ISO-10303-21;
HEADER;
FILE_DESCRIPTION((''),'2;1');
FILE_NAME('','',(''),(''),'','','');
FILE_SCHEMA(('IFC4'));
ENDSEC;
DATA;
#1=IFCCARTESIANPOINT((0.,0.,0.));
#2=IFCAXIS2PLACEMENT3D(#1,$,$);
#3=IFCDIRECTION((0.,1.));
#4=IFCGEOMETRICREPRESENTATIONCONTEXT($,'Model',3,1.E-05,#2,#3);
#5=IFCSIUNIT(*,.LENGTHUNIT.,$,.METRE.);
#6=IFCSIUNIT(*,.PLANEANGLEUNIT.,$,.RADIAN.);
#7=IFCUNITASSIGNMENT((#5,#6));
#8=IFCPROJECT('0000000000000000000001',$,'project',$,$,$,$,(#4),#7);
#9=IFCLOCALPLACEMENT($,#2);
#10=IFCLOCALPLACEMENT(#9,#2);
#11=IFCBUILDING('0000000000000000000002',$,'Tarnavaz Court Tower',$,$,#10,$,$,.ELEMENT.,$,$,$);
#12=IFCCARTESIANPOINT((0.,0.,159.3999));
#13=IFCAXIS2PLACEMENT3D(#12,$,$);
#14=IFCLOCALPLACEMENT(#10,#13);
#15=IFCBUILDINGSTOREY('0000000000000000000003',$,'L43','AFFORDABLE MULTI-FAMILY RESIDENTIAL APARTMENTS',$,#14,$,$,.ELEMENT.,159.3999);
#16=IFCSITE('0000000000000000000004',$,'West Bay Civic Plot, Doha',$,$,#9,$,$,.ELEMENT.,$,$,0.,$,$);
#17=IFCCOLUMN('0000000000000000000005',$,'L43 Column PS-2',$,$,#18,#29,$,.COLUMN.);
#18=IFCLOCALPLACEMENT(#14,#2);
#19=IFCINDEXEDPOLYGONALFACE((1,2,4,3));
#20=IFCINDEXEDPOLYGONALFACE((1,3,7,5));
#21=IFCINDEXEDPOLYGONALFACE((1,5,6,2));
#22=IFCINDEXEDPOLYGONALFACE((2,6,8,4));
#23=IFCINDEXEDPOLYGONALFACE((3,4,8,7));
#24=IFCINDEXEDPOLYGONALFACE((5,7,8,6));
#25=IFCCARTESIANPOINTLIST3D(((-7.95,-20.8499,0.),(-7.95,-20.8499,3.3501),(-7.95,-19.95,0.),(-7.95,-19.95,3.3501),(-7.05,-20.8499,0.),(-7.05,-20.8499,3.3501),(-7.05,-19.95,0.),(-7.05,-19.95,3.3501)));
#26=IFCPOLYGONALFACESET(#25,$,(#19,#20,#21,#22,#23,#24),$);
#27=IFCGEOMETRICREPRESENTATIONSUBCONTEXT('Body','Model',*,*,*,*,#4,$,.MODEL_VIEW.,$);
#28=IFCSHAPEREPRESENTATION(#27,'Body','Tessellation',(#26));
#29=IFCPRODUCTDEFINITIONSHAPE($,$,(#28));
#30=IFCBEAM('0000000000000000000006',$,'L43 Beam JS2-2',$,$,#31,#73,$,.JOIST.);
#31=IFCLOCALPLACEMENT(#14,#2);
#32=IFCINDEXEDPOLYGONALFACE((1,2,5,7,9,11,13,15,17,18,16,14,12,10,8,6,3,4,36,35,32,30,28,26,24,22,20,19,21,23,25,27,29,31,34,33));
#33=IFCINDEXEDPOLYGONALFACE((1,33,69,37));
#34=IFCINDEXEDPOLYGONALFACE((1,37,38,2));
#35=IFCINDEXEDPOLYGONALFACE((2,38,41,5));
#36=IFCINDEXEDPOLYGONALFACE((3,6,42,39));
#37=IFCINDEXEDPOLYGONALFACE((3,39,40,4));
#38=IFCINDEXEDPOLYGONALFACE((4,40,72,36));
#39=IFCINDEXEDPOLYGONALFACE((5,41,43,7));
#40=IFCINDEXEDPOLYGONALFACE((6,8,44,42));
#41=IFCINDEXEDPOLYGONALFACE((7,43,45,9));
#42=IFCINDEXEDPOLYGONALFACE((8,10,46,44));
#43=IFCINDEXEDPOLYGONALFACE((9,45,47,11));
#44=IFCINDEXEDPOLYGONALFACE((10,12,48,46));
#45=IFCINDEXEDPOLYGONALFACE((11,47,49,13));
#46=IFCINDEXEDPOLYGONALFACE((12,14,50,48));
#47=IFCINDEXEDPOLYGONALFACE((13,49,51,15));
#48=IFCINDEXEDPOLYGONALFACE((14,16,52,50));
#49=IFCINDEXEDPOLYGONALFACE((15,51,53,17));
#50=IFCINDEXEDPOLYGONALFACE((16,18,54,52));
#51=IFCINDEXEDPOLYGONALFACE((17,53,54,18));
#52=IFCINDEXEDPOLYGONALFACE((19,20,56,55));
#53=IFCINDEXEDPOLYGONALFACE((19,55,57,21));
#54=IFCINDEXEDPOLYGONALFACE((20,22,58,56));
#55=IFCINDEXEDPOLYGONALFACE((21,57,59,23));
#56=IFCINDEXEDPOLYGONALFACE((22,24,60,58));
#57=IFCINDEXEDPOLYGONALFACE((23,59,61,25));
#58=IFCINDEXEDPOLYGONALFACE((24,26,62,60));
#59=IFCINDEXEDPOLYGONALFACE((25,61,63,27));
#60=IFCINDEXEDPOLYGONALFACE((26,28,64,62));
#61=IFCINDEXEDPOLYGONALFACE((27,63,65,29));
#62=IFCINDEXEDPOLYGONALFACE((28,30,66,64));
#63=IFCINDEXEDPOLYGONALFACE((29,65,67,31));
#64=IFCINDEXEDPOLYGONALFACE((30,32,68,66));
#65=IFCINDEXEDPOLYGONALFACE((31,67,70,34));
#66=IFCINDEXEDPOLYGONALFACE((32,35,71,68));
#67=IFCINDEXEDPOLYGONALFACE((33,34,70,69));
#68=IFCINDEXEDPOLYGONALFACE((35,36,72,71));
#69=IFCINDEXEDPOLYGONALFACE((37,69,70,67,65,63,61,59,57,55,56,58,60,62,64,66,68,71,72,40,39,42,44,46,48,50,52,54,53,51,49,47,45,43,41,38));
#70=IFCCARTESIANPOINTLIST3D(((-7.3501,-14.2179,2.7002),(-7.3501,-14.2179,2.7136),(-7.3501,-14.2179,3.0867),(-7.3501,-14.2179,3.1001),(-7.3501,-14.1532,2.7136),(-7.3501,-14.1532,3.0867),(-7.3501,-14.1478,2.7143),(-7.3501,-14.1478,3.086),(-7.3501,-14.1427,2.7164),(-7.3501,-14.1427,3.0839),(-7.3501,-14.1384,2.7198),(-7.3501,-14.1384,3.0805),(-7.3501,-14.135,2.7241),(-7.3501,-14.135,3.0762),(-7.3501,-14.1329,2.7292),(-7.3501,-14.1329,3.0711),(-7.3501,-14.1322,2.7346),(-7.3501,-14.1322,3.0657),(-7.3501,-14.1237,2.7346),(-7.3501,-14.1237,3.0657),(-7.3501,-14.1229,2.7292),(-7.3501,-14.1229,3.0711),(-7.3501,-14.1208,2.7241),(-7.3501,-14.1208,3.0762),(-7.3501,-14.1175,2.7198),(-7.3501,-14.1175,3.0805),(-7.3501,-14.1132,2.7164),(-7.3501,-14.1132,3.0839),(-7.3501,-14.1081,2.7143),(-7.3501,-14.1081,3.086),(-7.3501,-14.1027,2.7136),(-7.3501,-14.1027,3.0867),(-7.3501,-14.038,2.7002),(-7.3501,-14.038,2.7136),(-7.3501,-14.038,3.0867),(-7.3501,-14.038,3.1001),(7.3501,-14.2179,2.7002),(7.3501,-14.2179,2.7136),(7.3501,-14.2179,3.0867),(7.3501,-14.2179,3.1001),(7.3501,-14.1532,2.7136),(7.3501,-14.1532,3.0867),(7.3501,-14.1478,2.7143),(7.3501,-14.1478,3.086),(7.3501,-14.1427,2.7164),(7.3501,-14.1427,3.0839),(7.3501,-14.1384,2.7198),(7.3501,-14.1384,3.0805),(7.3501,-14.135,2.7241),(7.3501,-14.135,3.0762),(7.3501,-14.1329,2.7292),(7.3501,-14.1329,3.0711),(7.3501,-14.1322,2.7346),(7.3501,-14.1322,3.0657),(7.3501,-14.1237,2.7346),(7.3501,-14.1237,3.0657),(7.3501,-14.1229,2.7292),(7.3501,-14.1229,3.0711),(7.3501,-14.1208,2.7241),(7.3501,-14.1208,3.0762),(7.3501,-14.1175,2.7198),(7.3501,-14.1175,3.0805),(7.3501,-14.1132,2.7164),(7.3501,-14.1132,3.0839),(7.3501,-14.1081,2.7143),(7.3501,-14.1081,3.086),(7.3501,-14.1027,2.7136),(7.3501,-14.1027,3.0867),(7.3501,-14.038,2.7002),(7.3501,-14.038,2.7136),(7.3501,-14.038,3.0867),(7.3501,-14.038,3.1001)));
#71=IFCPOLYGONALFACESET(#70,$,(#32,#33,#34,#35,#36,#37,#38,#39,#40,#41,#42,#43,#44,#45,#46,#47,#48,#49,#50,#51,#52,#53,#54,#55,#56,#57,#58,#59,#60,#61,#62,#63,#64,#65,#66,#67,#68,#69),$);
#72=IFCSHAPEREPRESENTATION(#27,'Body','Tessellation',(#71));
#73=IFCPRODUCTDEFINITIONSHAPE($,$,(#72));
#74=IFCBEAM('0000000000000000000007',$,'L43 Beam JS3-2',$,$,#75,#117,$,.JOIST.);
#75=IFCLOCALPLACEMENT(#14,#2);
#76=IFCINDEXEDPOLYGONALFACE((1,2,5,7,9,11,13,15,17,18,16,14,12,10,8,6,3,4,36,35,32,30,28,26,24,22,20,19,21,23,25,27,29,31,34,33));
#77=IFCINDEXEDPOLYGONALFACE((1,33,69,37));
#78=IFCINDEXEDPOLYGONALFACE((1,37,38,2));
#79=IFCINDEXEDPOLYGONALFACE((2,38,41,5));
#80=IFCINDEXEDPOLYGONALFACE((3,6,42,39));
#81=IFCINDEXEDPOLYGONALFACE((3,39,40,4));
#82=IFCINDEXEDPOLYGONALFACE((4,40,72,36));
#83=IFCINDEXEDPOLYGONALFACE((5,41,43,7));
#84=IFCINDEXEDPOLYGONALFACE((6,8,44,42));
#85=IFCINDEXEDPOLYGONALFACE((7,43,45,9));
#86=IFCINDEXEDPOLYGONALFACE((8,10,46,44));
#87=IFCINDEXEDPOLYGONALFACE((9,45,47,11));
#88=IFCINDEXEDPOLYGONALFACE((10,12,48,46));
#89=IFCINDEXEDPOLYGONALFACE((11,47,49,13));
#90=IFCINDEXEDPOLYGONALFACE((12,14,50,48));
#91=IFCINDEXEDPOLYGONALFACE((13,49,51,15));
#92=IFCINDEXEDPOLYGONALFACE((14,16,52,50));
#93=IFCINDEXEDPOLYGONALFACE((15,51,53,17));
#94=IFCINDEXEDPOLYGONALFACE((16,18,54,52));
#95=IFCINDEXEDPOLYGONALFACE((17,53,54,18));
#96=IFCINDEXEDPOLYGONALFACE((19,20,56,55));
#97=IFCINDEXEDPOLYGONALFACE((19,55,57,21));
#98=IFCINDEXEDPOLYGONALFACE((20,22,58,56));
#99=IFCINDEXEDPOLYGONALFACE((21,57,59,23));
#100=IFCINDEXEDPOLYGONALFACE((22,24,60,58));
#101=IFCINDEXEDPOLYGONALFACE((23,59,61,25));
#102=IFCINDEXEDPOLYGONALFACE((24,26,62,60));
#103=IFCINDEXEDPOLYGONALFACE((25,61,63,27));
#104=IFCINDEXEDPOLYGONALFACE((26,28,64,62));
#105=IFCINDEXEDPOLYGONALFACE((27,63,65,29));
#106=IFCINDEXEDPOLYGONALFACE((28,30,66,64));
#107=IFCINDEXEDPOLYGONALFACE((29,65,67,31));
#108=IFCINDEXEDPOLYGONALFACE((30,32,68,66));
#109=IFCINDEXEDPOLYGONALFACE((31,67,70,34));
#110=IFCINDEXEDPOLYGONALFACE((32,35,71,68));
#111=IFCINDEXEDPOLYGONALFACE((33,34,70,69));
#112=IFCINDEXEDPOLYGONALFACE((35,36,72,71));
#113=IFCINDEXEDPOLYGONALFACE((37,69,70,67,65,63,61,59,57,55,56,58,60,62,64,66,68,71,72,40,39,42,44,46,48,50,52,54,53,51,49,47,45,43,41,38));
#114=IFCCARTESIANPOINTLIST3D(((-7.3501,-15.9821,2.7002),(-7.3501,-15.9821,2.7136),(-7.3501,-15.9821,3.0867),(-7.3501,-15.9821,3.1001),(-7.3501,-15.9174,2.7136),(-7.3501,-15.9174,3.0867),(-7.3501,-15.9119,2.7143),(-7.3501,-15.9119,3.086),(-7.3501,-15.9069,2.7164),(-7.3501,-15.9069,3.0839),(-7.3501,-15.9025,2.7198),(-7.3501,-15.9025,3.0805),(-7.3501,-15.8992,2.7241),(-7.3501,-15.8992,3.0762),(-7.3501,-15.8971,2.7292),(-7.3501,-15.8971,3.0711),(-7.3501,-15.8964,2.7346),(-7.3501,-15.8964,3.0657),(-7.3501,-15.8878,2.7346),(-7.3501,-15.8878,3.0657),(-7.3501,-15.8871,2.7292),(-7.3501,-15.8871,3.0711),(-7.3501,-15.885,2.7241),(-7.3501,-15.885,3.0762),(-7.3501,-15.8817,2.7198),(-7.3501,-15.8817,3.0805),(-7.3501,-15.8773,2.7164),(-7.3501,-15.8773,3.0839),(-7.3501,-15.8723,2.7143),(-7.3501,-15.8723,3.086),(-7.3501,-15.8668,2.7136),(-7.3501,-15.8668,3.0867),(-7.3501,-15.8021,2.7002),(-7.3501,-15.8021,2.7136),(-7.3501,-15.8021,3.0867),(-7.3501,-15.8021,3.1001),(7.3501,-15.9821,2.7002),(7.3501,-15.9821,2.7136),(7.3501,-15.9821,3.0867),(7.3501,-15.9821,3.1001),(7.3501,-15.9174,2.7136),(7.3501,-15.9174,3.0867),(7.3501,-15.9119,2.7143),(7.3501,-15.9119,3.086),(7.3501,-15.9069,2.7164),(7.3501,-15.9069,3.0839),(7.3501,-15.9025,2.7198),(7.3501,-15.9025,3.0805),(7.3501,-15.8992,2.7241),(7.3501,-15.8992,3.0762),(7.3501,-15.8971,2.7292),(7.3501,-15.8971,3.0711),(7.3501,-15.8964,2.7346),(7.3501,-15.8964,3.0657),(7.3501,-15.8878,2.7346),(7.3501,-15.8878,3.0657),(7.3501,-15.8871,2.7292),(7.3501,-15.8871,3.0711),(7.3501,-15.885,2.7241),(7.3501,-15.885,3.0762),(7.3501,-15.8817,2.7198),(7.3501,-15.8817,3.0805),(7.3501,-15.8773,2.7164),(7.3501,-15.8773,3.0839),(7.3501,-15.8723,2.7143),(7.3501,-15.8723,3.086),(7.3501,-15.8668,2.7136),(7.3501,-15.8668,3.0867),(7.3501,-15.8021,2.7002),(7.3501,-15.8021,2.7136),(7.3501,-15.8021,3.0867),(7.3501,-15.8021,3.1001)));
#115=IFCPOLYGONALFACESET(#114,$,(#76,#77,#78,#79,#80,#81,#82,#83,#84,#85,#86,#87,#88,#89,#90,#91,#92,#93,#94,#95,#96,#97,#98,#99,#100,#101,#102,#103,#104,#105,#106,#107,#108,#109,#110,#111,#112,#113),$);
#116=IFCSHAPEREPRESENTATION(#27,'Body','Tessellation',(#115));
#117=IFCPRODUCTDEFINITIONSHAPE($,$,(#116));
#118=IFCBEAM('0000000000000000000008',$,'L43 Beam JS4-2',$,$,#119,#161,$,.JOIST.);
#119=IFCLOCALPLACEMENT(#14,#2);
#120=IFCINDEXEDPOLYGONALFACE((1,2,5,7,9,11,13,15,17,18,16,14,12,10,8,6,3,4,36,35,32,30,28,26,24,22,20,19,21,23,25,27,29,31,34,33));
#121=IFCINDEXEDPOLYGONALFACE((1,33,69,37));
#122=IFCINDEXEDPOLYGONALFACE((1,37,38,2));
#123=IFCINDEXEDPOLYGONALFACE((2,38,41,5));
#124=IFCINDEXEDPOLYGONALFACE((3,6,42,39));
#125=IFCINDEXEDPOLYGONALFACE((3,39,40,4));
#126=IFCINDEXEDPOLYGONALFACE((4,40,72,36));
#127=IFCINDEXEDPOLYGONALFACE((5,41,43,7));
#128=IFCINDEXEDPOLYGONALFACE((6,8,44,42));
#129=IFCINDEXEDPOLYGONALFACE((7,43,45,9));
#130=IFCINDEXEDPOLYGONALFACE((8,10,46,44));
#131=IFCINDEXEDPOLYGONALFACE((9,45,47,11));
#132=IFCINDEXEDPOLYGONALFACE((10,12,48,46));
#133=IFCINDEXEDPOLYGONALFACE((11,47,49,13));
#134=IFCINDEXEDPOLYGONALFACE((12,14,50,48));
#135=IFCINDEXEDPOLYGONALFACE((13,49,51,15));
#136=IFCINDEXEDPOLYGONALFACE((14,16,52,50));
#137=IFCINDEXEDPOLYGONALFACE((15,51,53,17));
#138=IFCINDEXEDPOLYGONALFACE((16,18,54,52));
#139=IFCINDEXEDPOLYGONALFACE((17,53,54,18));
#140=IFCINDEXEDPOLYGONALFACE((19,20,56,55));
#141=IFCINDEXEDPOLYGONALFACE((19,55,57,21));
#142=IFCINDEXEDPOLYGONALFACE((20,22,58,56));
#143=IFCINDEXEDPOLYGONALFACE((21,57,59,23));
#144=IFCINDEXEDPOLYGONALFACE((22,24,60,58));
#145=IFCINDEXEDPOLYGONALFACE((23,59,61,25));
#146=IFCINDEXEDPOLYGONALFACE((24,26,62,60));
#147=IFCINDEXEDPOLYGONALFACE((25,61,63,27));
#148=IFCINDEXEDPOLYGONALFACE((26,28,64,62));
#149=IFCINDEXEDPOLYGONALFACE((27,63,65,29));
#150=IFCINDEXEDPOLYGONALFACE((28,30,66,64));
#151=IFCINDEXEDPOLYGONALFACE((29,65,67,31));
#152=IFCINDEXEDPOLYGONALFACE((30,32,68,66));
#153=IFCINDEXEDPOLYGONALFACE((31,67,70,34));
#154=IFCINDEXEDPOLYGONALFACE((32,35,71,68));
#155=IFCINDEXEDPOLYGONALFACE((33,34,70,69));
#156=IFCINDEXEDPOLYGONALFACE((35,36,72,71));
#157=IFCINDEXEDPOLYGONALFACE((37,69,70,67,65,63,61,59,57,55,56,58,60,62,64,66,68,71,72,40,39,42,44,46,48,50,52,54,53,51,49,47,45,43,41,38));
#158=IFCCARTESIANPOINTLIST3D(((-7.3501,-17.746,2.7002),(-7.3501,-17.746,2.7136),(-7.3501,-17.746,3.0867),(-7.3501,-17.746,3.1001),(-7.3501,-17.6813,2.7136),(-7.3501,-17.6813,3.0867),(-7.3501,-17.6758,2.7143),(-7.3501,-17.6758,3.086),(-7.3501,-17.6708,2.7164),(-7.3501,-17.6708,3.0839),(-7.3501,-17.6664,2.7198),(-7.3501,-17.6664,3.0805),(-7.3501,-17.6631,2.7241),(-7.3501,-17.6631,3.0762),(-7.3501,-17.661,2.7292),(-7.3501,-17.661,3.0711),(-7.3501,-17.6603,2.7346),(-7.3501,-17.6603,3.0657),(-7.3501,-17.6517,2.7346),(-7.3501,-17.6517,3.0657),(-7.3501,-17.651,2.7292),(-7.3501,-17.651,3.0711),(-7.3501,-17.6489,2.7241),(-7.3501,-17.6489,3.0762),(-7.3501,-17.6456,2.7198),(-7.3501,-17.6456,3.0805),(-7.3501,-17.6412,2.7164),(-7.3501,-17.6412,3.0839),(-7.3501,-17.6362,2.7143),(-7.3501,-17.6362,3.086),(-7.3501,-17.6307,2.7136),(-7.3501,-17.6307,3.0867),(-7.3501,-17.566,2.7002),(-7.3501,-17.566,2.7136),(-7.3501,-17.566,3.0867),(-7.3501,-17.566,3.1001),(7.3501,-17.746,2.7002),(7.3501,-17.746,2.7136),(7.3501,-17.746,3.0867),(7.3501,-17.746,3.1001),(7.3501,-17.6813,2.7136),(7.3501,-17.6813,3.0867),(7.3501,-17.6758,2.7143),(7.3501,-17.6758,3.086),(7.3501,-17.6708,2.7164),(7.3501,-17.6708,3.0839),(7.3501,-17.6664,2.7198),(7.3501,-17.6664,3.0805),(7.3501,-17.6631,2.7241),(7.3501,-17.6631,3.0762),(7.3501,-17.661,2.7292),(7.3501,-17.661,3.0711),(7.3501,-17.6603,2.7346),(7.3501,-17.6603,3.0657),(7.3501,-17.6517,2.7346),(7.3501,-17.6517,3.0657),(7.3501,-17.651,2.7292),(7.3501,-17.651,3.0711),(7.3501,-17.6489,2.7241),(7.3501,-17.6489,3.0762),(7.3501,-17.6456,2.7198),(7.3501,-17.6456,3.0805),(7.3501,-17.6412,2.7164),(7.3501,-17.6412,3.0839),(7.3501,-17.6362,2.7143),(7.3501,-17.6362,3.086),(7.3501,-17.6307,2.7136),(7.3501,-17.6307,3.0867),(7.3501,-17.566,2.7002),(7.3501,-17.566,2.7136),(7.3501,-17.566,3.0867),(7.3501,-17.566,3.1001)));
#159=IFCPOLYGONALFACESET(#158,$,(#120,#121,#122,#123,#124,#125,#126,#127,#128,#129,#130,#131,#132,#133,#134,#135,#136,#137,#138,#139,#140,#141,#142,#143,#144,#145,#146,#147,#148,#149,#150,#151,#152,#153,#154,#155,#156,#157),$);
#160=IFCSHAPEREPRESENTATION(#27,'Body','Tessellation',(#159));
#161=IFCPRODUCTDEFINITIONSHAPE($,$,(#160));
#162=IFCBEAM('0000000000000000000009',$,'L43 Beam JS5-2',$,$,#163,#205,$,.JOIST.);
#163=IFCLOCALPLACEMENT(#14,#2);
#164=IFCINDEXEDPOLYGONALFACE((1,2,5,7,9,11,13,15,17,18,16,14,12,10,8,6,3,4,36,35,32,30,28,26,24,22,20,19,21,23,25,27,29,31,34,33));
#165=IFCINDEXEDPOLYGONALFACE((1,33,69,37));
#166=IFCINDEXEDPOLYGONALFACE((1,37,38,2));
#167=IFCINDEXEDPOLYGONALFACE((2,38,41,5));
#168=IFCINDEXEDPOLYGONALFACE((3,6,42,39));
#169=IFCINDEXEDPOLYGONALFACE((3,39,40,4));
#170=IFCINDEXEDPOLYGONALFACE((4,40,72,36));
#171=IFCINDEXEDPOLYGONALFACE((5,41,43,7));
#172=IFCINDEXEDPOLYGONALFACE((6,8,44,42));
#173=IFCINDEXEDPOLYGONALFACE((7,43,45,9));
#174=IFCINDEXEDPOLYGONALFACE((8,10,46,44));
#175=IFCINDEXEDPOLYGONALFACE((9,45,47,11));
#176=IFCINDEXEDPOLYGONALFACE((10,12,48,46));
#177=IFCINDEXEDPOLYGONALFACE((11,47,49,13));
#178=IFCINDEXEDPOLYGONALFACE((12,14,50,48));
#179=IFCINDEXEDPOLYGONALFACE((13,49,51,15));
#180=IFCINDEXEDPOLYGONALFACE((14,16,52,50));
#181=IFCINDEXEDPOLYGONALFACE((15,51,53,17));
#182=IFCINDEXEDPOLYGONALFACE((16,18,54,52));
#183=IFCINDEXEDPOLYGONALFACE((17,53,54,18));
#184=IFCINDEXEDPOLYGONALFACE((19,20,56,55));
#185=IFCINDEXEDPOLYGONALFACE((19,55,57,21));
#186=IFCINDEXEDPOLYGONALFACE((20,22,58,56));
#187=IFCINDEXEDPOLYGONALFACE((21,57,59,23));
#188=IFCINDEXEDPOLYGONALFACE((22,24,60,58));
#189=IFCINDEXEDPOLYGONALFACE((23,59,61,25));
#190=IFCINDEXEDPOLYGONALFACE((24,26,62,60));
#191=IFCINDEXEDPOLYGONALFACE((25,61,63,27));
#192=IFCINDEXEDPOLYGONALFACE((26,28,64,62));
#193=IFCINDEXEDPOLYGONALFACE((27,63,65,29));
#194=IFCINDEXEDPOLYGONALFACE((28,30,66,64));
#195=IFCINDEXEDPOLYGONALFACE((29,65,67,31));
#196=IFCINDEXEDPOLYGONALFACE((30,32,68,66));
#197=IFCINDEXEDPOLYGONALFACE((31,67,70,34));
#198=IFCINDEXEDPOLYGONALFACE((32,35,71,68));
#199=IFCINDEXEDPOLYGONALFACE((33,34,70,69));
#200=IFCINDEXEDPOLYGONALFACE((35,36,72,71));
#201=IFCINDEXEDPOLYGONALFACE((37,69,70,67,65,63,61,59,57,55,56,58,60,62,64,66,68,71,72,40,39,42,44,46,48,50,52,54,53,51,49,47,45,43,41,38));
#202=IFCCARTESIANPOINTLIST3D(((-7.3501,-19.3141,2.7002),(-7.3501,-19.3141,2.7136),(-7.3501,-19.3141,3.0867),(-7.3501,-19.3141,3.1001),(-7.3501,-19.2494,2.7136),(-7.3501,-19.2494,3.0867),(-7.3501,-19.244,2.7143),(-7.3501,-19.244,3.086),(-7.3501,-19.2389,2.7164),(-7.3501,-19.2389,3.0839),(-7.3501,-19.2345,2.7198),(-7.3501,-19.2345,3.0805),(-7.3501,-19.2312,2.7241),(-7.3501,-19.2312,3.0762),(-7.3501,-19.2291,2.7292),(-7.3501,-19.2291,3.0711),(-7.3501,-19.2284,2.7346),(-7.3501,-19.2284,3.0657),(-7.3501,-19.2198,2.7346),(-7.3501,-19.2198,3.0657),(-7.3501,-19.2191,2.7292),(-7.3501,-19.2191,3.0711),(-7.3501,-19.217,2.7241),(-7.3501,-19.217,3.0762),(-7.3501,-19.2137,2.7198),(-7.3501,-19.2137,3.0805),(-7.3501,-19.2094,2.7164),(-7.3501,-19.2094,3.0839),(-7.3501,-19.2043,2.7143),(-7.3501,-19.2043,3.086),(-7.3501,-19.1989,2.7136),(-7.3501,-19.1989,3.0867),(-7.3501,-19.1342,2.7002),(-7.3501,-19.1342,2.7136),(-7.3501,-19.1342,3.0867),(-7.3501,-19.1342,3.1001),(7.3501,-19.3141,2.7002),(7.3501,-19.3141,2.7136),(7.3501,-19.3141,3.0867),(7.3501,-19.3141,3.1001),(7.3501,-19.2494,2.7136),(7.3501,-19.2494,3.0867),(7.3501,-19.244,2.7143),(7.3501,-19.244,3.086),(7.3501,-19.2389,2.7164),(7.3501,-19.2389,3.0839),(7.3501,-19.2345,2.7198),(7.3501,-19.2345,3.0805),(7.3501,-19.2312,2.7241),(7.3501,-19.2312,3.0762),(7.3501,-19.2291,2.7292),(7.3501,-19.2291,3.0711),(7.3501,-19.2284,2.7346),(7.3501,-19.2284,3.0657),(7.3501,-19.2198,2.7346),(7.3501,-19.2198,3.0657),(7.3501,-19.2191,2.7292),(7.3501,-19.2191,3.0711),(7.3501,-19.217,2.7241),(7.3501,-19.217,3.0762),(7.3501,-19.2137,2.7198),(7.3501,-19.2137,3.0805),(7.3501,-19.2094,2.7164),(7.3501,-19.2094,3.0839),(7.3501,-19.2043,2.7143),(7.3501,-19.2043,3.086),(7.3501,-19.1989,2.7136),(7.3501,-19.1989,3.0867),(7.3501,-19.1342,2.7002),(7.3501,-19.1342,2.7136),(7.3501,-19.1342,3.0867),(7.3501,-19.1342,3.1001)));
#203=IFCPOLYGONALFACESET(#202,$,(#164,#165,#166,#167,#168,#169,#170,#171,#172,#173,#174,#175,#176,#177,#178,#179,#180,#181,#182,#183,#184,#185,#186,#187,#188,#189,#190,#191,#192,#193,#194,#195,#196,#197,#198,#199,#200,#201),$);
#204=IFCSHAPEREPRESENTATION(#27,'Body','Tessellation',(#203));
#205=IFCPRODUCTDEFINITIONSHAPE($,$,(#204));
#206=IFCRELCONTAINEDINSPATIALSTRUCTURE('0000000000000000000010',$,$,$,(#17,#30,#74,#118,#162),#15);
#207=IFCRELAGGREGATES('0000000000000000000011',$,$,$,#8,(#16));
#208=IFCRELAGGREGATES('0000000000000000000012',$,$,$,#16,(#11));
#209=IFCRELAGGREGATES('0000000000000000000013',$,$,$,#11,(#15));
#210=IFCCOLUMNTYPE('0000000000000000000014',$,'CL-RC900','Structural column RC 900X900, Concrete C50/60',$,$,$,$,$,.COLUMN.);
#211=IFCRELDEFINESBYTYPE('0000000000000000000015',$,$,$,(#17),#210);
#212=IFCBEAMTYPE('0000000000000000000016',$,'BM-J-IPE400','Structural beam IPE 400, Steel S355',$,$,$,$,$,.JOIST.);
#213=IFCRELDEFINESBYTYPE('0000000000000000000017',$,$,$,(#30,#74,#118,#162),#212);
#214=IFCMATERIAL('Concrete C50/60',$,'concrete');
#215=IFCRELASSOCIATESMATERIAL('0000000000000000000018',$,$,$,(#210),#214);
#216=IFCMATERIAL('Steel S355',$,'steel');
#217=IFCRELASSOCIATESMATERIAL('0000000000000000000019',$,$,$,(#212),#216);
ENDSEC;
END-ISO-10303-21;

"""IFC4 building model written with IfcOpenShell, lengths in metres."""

from ifc_helpers import new_model, si_unit, direction, frame, origin, origin_2d, place, context, subcontext, project, spatial, rectangle, i_section, extrude, material, material_profile, profile_set, type_object, element, save


model = new_model("IFC4")

# Units and contexts
model_context = context("Model", 3, precision=1e-05, world=origin(), true_north=direction((0.0, 1.0)))
body_context = subcontext(model_context, "Body", "Model", "MODEL_VIEW")
ifc_project = project(units=[si_unit("LENGTHUNIT", "METRE"), si_unit("PLANEANGLEUNIT", "RADIAN")], contexts=[model_context])

# Site, building, storey
site_placement = place(None, origin())
site = spatial("IfcSite", under=ifc_project, at=site_placement, Name="West Bay Civic Plot, Doha", CompositionType="ELEMENT", RefElevation=0.0)
building_placement = place(site_placement, origin())
building = spatial("IfcBuilding", under=site, at=building_placement, Name="Tarnavaz Court Tower", CompositionType="ELEMENT")
storey_placement = place(building_placement, frame((0.0, 0.0, 159.3999)))
storey = spatial("IfcBuildingStorey", under=building, at=storey_placement, Name="L43", Description="AFFORDABLE MULTI-FAMILY RESIDENTIAL APARTMENTS", CompositionType="ELEMENT", Elevation=159.3999)

# Column
ifc_material_1 = material(Name="Concrete C50/60", Category="concrete")
ifc_material_profile_1 = material_profile(ifc_material_1, rectangle(XDim=0.8999, YDim=0.8999, at=origin_2d()), Name="RC 900X900")
ifc_profile_set_1 = profile_set([ifc_material_profile_1], Name="Concrete C50/60")
column_type = type_object("IfcColumnType", Name="CL-RC900", Description="Structural column RC 900X900, Concrete C50/60", PredefinedType="COLUMN", material=ifc_profile_set_1)
column_placement = place(storey_placement, frame((-7.5, -20.3999, 0.0), z_axis=(0.0, 0.0, 1.0), x_axis=(1.0, 0.0, 0.0)))
element("IfcColumn", 1, at=column_placement, inside=storey, type_object=column_type, Name="L43 Column PS-2", PredefinedType="COLUMN", context=body_context, shape_type="SweptSolid", body=[
    extrude(rectangle(XDim=0.8999, YDim=0.8999, at=origin_2d()), origin(), (0.0, 0.0, 1.0), 3.3501),
])

# Beams
ifc_material_2 = material(Name="Steel S355", Category="steel")
ifc_material_profile_2 = material_profile(ifc_material_2, i_section(OverallWidth=0.1799, OverallDepth=0.3999, WebThickness=0.0085, FlangeThickness=0.0134, FilletRadius=0.021, at=origin_2d()), Name="IPE 400")
ifc_profile_set_2 = profile_set([ifc_material_profile_2], Name="Steel S355")
beam_type_1 = type_object("IfcBeamType", Name="BM-J-IPE400", Description="Structural beam IPE 400, Steel S355", PredefinedType="JOIST", material=ifc_profile_set_2)
for number, where, z_axis, x_axis, name in (
    (2, (-7.3501, -14.1279, 2.9001), (1.0, 0.0, 0.0), (0.0, 1.0, 0.0), "L43 Beam JS2-2"),
    (3, (-7.3501, -15.8921, 2.9001), (1.0, 0.0, 0.0), (0.0, 1.0, 0.0), "L43 Beam JS3-2"),
    (4, (-7.3501, -17.656, 2.9001), (1.0, 0.0, 0.0), (0.0, 1.0, 0.0), "L43 Beam JS4-2"),
    (5, (-7.3501, -19.2241, 2.9001), (1.0, 0.0, 0.0), (0.0, 1.0, 0.0), "L43 Beam JS5-2"),
):
    element("IfcBeam", number, at=place(storey_placement, frame(where, z_axis=z_axis, x_axis=x_axis)), inside=storey, type_object=beam_type_1, Name=name, PredefinedType="JOIST", context=body_context, shape_type="SweptSolid", body=[
        extrude(i_section(OverallWidth=0.1799, OverallDepth=0.3999, WebThickness=0.0085, FlangeThickness=0.0134, FilletRadius=0.021, at=origin_2d()), origin(), (0.0, 0.0, 1.0), 14.7002),
    ])

save(model, "model.ifc")
